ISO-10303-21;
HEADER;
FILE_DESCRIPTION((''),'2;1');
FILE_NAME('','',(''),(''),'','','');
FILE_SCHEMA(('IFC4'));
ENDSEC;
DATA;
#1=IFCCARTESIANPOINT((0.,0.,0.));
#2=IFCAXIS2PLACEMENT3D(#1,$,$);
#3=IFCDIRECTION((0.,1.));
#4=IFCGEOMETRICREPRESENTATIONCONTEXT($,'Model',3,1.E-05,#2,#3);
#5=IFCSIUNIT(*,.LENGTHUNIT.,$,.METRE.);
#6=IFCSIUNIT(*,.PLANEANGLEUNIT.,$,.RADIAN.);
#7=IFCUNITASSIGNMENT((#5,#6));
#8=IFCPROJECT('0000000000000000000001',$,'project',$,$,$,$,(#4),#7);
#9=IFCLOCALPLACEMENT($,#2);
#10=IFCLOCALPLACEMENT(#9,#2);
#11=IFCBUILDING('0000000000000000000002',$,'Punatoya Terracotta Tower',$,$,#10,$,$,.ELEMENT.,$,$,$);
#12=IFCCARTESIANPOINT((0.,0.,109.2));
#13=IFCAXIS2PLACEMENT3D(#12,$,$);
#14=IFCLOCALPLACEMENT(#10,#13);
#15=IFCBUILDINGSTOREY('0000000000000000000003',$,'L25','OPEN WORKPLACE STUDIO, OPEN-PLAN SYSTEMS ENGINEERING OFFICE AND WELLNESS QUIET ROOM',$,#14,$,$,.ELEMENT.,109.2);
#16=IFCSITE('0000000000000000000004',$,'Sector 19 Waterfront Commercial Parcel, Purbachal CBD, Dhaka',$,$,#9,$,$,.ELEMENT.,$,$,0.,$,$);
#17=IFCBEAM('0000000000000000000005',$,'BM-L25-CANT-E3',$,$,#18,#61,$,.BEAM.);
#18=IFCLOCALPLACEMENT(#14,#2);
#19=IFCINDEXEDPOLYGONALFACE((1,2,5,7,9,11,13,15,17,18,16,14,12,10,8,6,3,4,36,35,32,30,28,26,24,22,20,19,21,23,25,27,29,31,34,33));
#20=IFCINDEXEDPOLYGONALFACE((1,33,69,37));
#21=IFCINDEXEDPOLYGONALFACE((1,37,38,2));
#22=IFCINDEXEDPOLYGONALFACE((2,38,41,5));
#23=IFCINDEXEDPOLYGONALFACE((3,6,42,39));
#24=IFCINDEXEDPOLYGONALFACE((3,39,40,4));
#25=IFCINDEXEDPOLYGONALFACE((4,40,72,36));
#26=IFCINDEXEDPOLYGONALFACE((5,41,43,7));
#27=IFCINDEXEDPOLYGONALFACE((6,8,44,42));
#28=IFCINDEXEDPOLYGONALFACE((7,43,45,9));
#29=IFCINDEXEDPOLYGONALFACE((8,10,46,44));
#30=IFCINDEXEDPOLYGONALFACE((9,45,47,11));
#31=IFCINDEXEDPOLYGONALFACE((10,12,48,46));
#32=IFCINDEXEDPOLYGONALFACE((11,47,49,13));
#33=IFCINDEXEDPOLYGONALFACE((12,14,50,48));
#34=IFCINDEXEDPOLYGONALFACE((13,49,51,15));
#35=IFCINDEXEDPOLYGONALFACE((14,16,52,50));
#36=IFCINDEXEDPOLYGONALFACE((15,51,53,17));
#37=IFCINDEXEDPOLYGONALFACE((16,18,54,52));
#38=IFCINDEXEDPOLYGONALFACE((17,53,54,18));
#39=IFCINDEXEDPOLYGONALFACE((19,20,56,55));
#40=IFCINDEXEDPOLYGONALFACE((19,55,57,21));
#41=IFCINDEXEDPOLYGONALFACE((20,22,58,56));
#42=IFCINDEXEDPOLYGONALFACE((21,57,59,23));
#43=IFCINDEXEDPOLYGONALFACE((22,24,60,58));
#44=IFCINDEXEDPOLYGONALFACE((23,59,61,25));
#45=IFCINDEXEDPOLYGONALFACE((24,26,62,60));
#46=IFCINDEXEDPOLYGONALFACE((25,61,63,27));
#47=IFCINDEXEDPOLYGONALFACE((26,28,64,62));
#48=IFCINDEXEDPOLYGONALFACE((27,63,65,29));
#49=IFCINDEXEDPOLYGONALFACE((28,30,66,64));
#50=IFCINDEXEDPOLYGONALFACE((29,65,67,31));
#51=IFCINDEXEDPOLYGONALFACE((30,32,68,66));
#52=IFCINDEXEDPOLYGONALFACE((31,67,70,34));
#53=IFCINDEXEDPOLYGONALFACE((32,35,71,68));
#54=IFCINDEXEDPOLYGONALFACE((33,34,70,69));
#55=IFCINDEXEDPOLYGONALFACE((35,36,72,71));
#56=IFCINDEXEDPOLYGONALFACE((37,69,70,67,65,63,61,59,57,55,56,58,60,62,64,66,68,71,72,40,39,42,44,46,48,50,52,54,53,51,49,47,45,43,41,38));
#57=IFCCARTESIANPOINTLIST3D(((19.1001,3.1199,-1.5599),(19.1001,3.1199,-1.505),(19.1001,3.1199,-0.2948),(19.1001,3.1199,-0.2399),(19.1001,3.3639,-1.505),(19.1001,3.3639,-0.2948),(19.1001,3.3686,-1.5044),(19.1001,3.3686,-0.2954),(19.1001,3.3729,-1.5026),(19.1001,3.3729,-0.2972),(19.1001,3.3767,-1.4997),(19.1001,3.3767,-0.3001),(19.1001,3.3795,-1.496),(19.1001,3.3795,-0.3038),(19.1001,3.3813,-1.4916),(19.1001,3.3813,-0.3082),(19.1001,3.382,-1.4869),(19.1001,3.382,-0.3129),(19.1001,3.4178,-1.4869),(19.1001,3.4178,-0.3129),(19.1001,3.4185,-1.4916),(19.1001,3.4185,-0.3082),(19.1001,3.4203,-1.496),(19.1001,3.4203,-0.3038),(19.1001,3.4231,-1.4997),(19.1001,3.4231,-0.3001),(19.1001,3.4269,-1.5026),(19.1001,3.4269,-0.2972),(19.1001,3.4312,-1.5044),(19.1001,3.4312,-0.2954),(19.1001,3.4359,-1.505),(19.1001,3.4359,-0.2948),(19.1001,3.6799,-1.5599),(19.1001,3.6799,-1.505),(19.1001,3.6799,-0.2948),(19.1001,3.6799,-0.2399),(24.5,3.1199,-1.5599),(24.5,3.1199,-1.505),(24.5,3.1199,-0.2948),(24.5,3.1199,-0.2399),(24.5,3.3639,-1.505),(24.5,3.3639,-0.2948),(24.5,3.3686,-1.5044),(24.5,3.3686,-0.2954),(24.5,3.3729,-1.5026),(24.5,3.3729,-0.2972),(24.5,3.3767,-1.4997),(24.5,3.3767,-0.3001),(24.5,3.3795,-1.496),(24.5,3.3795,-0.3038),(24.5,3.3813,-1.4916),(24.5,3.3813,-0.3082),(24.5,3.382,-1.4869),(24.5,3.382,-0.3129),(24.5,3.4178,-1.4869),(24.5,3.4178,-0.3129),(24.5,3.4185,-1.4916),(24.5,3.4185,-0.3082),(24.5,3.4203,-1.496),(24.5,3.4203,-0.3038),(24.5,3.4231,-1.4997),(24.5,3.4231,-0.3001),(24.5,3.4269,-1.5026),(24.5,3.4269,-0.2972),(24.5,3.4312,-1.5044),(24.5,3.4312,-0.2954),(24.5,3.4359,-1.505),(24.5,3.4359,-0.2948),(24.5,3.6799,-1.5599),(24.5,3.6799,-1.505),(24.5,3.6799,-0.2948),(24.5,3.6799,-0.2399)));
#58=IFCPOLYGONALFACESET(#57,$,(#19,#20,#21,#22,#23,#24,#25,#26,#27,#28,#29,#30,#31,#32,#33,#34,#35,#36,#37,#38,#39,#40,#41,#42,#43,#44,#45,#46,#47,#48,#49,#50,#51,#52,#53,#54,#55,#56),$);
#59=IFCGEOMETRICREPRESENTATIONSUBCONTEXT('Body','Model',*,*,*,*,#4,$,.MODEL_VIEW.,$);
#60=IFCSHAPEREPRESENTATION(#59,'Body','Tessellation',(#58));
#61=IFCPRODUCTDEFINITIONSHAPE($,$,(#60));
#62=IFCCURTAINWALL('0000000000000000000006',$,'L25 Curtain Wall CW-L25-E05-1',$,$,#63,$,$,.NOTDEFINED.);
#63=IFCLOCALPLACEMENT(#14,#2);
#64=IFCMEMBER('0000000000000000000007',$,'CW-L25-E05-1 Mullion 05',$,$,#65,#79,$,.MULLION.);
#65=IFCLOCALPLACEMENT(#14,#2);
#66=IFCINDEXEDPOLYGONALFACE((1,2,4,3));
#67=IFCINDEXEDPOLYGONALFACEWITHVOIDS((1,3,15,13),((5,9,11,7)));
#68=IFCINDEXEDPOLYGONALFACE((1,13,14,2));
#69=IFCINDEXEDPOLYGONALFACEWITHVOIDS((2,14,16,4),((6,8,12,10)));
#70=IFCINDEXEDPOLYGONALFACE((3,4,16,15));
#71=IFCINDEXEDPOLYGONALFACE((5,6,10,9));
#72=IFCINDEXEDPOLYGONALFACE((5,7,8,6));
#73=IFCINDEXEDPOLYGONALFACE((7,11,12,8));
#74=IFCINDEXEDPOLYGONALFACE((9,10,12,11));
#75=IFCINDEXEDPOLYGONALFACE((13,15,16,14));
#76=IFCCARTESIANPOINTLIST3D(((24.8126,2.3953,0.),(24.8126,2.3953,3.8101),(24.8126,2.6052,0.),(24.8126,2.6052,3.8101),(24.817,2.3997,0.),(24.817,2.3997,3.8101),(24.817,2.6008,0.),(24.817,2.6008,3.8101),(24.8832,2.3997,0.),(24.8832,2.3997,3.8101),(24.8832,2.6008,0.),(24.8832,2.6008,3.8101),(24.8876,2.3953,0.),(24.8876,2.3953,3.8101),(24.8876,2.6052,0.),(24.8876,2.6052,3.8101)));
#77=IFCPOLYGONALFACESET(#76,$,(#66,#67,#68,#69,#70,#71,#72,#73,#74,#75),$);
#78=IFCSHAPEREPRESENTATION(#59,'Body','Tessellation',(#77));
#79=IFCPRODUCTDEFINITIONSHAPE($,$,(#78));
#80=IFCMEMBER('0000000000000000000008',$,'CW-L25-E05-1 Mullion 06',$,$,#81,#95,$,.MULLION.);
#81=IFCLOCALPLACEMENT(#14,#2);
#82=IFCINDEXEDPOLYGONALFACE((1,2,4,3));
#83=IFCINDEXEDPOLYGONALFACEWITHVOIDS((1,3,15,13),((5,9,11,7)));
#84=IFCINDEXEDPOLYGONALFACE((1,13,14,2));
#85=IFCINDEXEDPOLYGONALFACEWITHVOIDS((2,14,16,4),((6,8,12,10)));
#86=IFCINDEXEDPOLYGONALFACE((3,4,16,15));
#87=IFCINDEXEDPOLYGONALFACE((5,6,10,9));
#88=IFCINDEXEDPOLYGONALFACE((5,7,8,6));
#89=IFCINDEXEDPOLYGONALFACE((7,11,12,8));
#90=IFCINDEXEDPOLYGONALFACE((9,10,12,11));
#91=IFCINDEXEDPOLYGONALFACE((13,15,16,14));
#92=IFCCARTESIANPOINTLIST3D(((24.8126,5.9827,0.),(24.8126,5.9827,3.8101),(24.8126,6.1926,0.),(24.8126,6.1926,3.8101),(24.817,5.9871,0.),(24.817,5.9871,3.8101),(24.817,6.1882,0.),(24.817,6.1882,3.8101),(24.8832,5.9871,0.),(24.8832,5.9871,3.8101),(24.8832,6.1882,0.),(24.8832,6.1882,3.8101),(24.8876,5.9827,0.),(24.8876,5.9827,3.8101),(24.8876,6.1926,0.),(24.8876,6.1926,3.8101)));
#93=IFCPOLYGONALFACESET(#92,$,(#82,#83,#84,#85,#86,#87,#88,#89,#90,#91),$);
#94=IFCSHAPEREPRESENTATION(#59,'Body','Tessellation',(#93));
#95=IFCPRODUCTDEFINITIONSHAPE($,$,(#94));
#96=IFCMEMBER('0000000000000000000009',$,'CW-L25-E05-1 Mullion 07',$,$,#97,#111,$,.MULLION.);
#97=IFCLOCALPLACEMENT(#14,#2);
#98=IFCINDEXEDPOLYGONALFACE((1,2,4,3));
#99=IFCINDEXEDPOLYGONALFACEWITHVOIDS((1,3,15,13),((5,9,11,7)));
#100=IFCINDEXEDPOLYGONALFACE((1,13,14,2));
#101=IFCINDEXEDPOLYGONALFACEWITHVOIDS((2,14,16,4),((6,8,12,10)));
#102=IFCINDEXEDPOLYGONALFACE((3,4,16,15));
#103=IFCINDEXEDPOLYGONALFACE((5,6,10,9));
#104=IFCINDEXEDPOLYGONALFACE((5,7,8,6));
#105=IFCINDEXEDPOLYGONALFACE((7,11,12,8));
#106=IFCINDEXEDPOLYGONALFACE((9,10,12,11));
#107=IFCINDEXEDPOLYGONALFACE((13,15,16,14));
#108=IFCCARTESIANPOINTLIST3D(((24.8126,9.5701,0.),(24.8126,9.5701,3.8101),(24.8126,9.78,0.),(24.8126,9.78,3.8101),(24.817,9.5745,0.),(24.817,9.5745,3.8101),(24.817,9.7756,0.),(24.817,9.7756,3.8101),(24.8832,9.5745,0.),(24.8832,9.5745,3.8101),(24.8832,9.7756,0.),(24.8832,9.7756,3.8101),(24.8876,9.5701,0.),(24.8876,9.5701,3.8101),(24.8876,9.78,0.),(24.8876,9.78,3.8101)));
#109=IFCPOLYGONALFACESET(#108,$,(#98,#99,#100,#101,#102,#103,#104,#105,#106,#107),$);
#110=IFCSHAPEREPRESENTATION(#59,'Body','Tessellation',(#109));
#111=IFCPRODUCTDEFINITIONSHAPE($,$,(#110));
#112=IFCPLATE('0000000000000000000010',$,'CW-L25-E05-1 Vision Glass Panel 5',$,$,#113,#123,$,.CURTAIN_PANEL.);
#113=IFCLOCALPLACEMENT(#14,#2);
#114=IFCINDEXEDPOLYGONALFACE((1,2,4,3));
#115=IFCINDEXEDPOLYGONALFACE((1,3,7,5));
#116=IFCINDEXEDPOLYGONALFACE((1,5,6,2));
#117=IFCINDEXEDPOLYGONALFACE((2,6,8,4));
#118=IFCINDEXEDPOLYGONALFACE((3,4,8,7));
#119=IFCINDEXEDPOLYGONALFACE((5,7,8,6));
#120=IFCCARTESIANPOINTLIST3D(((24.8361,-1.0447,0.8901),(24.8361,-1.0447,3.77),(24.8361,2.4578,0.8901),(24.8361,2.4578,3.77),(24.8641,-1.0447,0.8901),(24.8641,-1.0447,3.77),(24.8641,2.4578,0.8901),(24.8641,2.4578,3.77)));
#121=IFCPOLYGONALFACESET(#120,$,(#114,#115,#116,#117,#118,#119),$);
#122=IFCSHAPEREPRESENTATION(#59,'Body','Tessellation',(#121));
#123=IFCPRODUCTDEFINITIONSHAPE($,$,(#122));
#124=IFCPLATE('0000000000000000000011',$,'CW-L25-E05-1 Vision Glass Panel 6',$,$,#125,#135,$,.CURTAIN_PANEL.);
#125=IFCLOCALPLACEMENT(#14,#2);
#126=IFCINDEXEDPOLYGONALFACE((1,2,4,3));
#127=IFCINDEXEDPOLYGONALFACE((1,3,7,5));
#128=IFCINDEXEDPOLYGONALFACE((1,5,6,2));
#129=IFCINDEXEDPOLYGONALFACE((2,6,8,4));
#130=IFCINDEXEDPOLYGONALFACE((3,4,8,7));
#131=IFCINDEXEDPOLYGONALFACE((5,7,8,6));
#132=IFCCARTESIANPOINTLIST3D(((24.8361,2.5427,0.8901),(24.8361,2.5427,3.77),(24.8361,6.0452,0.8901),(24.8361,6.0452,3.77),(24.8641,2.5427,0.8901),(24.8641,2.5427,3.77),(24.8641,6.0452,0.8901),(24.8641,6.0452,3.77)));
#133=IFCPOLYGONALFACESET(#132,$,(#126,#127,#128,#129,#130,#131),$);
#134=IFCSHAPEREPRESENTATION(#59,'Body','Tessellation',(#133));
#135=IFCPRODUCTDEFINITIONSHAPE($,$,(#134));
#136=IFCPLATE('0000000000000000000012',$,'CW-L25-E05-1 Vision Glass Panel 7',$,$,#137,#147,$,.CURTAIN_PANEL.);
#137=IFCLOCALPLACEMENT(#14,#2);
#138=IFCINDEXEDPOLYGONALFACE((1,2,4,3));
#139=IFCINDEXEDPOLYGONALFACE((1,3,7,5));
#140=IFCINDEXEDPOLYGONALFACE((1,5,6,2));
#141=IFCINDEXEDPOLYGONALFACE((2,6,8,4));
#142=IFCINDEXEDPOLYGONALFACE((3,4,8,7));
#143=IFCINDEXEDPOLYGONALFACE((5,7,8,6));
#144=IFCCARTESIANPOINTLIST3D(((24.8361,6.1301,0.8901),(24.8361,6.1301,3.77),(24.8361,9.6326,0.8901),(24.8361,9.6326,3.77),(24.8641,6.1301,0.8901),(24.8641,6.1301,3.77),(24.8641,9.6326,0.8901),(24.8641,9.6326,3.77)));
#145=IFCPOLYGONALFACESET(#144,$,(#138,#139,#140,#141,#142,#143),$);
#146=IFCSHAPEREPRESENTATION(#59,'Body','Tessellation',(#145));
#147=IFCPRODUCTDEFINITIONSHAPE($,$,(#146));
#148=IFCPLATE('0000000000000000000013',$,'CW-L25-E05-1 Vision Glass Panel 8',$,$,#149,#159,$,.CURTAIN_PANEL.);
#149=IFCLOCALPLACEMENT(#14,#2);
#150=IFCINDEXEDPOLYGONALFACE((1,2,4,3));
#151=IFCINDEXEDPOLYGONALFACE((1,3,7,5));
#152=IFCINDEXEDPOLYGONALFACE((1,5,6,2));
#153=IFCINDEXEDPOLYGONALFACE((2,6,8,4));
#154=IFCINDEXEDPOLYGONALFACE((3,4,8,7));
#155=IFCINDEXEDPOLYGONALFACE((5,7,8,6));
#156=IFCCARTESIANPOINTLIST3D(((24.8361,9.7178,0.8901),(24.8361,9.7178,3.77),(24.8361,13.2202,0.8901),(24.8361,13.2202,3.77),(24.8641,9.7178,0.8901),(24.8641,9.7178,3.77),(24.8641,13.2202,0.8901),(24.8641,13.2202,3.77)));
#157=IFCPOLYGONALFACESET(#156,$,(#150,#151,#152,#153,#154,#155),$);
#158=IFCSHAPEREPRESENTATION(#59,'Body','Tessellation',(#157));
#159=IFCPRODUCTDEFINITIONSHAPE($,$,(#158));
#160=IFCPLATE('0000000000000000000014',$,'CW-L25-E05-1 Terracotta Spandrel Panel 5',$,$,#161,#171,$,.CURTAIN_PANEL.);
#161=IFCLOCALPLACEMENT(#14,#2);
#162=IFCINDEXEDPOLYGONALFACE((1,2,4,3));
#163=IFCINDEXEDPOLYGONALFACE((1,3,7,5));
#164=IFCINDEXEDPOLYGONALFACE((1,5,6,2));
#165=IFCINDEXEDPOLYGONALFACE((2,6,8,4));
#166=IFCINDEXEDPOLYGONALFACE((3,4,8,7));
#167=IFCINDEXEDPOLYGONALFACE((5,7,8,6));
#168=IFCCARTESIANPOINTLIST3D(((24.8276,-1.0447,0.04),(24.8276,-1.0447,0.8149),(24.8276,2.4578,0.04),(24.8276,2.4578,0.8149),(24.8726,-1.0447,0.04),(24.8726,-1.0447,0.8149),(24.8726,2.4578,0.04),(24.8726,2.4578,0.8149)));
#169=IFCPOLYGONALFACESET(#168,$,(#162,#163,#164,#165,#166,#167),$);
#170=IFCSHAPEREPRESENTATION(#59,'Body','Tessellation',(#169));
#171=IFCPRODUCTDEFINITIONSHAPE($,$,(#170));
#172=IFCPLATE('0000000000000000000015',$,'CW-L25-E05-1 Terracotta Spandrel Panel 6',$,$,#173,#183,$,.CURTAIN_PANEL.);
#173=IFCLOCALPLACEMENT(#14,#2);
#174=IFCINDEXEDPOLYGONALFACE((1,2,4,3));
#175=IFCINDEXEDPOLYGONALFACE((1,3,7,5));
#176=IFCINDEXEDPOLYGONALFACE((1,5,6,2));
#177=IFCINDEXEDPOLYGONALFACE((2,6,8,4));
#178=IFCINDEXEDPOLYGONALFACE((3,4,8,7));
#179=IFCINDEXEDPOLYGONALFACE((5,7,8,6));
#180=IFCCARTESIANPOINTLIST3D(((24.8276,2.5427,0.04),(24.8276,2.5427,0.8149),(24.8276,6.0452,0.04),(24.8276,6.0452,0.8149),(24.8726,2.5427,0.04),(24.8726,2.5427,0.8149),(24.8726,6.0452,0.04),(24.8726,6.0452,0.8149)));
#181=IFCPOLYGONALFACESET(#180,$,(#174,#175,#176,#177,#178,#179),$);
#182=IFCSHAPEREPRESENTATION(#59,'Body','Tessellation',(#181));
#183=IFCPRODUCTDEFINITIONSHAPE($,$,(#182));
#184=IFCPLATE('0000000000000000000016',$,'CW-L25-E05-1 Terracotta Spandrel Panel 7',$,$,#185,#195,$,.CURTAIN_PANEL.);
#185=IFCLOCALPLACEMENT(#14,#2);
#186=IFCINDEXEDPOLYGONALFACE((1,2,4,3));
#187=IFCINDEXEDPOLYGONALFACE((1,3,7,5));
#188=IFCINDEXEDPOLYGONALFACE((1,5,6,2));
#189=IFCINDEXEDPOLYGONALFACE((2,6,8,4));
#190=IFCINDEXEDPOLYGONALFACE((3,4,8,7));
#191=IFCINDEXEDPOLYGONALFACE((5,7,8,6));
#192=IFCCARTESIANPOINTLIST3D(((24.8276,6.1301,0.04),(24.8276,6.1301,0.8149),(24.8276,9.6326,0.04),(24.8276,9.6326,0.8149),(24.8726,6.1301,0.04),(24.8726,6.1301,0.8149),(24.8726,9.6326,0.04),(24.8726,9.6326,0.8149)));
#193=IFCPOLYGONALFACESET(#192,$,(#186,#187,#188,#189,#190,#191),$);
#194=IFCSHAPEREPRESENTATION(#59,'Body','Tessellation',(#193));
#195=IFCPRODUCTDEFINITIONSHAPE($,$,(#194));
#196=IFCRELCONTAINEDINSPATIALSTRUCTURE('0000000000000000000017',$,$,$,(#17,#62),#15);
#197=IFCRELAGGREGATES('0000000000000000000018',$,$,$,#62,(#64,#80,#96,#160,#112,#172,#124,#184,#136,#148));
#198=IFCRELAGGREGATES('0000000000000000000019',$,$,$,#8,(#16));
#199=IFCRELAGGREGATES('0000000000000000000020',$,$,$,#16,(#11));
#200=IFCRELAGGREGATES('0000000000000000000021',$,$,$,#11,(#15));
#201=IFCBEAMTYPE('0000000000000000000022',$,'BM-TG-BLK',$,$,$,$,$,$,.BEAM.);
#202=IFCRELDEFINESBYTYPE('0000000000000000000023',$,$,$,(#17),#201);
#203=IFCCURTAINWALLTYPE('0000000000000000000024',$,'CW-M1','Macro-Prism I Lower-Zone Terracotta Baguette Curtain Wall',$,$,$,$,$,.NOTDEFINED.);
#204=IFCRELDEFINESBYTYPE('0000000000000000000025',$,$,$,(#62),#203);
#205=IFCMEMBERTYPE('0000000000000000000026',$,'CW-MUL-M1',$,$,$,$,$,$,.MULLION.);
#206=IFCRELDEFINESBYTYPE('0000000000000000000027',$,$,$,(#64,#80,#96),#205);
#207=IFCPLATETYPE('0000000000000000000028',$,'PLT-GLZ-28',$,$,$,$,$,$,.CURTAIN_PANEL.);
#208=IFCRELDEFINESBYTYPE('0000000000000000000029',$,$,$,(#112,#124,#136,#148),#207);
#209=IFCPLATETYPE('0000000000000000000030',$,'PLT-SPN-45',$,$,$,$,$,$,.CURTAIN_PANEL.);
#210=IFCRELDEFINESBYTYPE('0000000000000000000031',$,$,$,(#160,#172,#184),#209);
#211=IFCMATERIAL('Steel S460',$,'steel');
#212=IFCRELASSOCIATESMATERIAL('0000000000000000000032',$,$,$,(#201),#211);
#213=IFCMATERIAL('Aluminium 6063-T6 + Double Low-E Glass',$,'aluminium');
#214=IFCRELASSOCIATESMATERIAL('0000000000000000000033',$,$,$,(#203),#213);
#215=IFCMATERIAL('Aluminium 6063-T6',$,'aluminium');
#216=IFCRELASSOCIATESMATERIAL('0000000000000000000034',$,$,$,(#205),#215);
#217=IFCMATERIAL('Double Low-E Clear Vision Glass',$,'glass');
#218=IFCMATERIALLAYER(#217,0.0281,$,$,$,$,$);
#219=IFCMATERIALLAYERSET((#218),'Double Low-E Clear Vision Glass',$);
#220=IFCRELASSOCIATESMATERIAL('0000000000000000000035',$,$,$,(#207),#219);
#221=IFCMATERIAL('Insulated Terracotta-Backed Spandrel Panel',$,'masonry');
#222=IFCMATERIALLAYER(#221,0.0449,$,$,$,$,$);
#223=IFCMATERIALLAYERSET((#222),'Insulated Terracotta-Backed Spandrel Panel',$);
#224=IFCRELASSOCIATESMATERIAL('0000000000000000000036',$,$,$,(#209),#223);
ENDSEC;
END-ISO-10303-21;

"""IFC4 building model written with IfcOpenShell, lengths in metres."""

from ifc_helpers import new_model, si_unit, direction, frame, origin, origin_2d, place, context, subcontext, project, spatial, rectangle, hollow_rectangle, i_section, extrude, material, layer, layer_set, material_profile, profile_set, type_object, element, aggregate, save


model = new_model("IFC4")

# Units and contexts
model_context = context("Model", 3, precision=1e-05, world=origin(), true_north=direction((0.0, 1.0)))
body_context = subcontext(model_context, "Body", "Model", "MODEL_VIEW")
ifc_project = project(units=[si_unit("LENGTHUNIT", "METRE"), si_unit("PLANEANGLEUNIT", "RADIAN")], contexts=[model_context])

# Site, building, storey
site_placement = place(None, origin())
site = spatial("IfcSite", under=ifc_project, at=site_placement, Name="Sector 19 Waterfront Commercial Parcel, Purbachal CBD, Dhaka", CompositionType="ELEMENT", RefElevation=0.0)
building_placement = place(site_placement, origin())
building = spatial("IfcBuilding", under=site, at=building_placement, Name="Punatoya Terracotta Tower", CompositionType="ELEMENT")
storey_placement = place(building_placement, frame((0.0, 0.0, 109.2)))
storey = spatial("IfcBuildingStorey", under=building, at=storey_placement, Name="L25", Description="OPEN WORKPLACE STUDIO, OPEN-PLAN SYSTEMS ENGINEERING OFFICE AND WELLNESS QUIET ROOM", CompositionType="ELEMENT", Elevation=109.2)

# Shared definitions
ifc_material_1 = material(Name="Steel S460", Category="steel")

# Beam
ifc_material_profile_1 = material_profile(ifc_material_1, i_section(OverallWidth=0.5601, OverallDepth=1.3201, WebThickness=0.0359, FlangeThickness=0.0549, FilletRadius=0.0181, at=origin_2d()))
ifc_profile_set_1 = profile_set([ifc_material_profile_1], Name="Steel S460")
beam_type_1 = type_object("IfcBeamType", Name="BM-TG-BLK", PredefinedType="BEAM", material=ifc_profile_set_1)
beam_1_placement = place(storey_placement, frame((19.1001, 3.3999, -0.8999), z_axis=(1.0, 0.0, 0.0), x_axis=(0.0, 1.0, 0.0)))
element("IfcBeam", 1, at=beam_1_placement, inside=storey, type_object=beam_type_1, Name="BM-L25-CANT-E3", PredefinedType="BEAM", context=body_context, shape_type="SweptSolid", body=[
    extrude(i_section(OverallWidth=0.5601, OverallDepth=1.3201, WebThickness=0.0359, FlangeThickness=0.0549, FilletRadius=0.0181, at=origin_2d()), origin(), (0.0, 0.0, 1.0), 5.3999),
])

# Curtain wall, members, plates
ifc_material_2 = material(Name="Aluminium 6063-T6 + Double Low-E Glass", Category="aluminium")
curtain_wall_type = type_object("IfcCurtainWallType", Name="CW-M1", Description="Macro-Prism I Lower-Zone Terracotta Baguette Curtain Wall", PredefinedType="NOTDEFINED", material=ifc_material_2)
curtain_wall_placement = place(storey_placement, origin())
curtain_wall = element("IfcCurtainWall", 2, at=curtain_wall_placement, inside=storey, type_object=curtain_wall_type, Name="L25 Curtain Wall CW-L25-E05-1", PredefinedType="NOTDEFINED")
ifc_material_3 = material(Name="Aluminium 6063-T6", Category="aluminium")
ifc_material_profile_2 = material_profile(ifc_material_3, hollow_rectangle(XDim=0.075, YDim=0.21, WallThickness=0.0044, at=origin_2d()))
ifc_profile_set_2 = profile_set([ifc_material_profile_2], Name="Aluminium 6063-T6")
member_type = type_object("IfcMemberType", Name="CW-MUL-M1", PredefinedType="MULLION", material=ifc_profile_set_2)
member_1_placement = place(storey_placement, frame((24.8501, 2.5002, 0.0), z_axis=(0.0, 0.0, 1.0), x_axis=(1.0, 0.0, 0.0)))
member_1 = element("IfcMember", 3, at=member_1_placement, type_object=member_type, Name="CW-L25-E05-1 Mullion 05", PredefinedType="MULLION", context=body_context, shape_type="SweptSolid", body=[
    extrude(hollow_rectangle(XDim=0.075, YDim=0.21, WallThickness=0.0044, at=origin_2d()), origin(), (0.0, 0.0, 1.0), 3.8101),
])
member_2_placement = place(storey_placement, frame((24.8501, 6.0876, 0.0), z_axis=(0.0, 0.0, 1.0), x_axis=(1.0, 0.0, 0.0)))
member_2 = element("IfcMember", 4, at=member_2_placement, type_object=member_type, Name="CW-L25-E05-1 Mullion 06", PredefinedType="MULLION", context=body_context, shape_type="SweptSolid", body=[
    extrude(hollow_rectangle(XDim=0.075, YDim=0.21, WallThickness=0.0044, at=origin_2d()), origin(), (0.0, 0.0, 1.0), 3.8101),
])
member_3_placement = place(storey_placement, frame((24.8501, 9.675, 0.0), z_axis=(0.0, 0.0, 1.0), x_axis=(1.0, 0.0, 0.0)))
member_3 = element("IfcMember", 5, at=member_3_placement, type_object=member_type, Name="CW-L25-E05-1 Mullion 07", PredefinedType="MULLION", context=body_context, shape_type="SweptSolid", body=[
    extrude(hollow_rectangle(XDim=0.075, YDim=0.21, WallThickness=0.0044, at=origin_2d()), origin(), (0.0, 0.0, 1.0), 3.8101),
])
ifc_material_4 = material(Name="Double Low-E Clear Vision Glass", Category="glass")
ifc_layer_1 = layer(ifc_material_4, 0.0281)
ifc_layer_set_1 = layer_set([ifc_layer_1], Name="Double Low-E Clear Vision Glass")
plate_type_1 = type_object("IfcPlateType", Name="PLT-GLZ-28", PredefinedType="CURTAIN_PANEL", material=ifc_layer_set_1)
plate_1_placement = place(storey_placement, frame((24.8501, 0.7065, 0.8901), z_axis=(0.0, 0.0, 1.0), x_axis=(0.0, 1.0, 0.0)))
plate_1 = element("IfcPlate", 6, at=plate_1_placement, type_object=plate_type_1, Name="CW-L25-E05-1 Vision Glass Panel 5", PredefinedType="CURTAIN_PANEL", context=body_context, shape_type="SweptSolid", body=[
    extrude(rectangle(XDim=3.5024, YDim=0.0281, at=origin_2d()), origin(), (0.0, 0.0, 1.0), 2.8799),
])
plate_2_placement = place(storey_placement, frame((24.8501, 4.2939, 0.8901), z_axis=(0.0, 0.0, 1.0), x_axis=(0.0, 1.0, 0.0)))
plate_2 = element("IfcPlate", 7, at=plate_2_placement, type_object=plate_type_1, Name="CW-L25-E05-1 Vision Glass Panel 6", PredefinedType="CURTAIN_PANEL", context=body_context, shape_type="SweptSolid", body=[
    extrude(rectangle(XDim=3.5024, YDim=0.0281, at=origin_2d()), origin(), (0.0, 0.0, 1.0), 2.8799),
])
plate_3_placement = place(storey_placement, frame((24.8501, 7.8813, 0.8901), z_axis=(0.0, 0.0, 1.0), x_axis=(0.0, 1.0, 0.0)))
plate_3 = element("IfcPlate", 8, at=plate_3_placement, type_object=plate_type_1, Name="CW-L25-E05-1 Vision Glass Panel 7", PredefinedType="CURTAIN_PANEL", context=body_context, shape_type="SweptSolid", body=[
    extrude(rectangle(XDim=3.5024, YDim=0.0281, at=origin_2d()), origin(), (0.0, 0.0, 1.0), 2.8799),
])
plate_4_placement = place(storey_placement, frame((24.8501, 11.469, 0.8901), z_axis=(0.0, 0.0, 1.0), x_axis=(0.0, 1.0, 0.0)))
plate_4 = element("IfcPlate", 9, at=plate_4_placement, type_object=plate_type_1, Name="CW-L25-E05-1 Vision Glass Panel 8", PredefinedType="CURTAIN_PANEL", context=body_context, shape_type="SweptSolid", body=[
    extrude(rectangle(XDim=3.5024, YDim=0.0281, at=origin_2d()), origin(), (0.0, 0.0, 1.0), 2.8799),
])
ifc_material_5 = material(Name="Insulated Terracotta-Backed Spandrel Panel", Category="masonry")
ifc_layer_2 = layer(ifc_material_5, 0.0449)
ifc_layer_set_2 = layer_set([ifc_layer_2], Name="Insulated Terracotta-Backed Spandrel Panel")
plate_type_2 = type_object("IfcPlateType", Name="PLT-SPN-45", PredefinedType="CURTAIN_PANEL", material=ifc_layer_set_2)
plate_5_placement = place(storey_placement, frame((24.8501, 0.7065, 0.04), z_axis=(0.0, 0.0, 1.0), x_axis=(0.0, 1.0, 0.0)))
plate_5 = element("IfcPlate", 10, at=plate_5_placement, type_object=plate_type_2, Name="CW-L25-E05-1 Terracotta Spandrel Panel 5", PredefinedType="CURTAIN_PANEL", context=body_context, shape_type="SweptSolid", body=[
    extrude(rectangle(XDim=3.5024, YDim=0.0449, at=origin_2d()), origin(), (0.0, 0.0, 1.0), 0.7749),
])
plate_6_placement = place(storey_placement, frame((24.8501, 4.2939, 0.04), z_axis=(0.0, 0.0, 1.0), x_axis=(0.0, 1.0, 0.0)))
plate_6 = element("IfcPlate", 11, at=plate_6_placement, type_object=plate_type_2, Name="CW-L25-E05-1 Terracotta Spandrel Panel 6", PredefinedType="CURTAIN_PANEL", context=body_context, shape_type="SweptSolid", body=[
    extrude(rectangle(XDim=3.5024, YDim=0.0449, at=origin_2d()), origin(), (0.0, 0.0, 1.0), 0.7749),
])
plate_7_placement = place(storey_placement, frame((24.8501, 7.8813, 0.04), z_axis=(0.0, 0.0, 1.0), x_axis=(0.0, 1.0, 0.0)))
plate_7 = element("IfcPlate", 12, at=plate_7_placement, type_object=plate_type_2, Name="CW-L25-E05-1 Terracotta Spandrel Panel 7", PredefinedType="CURTAIN_PANEL", context=body_context, shape_type="SweptSolid", body=[
    extrude(rectangle(XDim=3.5024, YDim=0.0449, at=origin_2d()), origin(), (0.0, 0.0, 1.0), 0.7749),
])
aggregate(curtain_wall, [member_1, member_2, member_3, plate_5, plate_1, plate_6, plate_2, plate_7, plate_3, plate_4])

save(model, "model.ifc")
